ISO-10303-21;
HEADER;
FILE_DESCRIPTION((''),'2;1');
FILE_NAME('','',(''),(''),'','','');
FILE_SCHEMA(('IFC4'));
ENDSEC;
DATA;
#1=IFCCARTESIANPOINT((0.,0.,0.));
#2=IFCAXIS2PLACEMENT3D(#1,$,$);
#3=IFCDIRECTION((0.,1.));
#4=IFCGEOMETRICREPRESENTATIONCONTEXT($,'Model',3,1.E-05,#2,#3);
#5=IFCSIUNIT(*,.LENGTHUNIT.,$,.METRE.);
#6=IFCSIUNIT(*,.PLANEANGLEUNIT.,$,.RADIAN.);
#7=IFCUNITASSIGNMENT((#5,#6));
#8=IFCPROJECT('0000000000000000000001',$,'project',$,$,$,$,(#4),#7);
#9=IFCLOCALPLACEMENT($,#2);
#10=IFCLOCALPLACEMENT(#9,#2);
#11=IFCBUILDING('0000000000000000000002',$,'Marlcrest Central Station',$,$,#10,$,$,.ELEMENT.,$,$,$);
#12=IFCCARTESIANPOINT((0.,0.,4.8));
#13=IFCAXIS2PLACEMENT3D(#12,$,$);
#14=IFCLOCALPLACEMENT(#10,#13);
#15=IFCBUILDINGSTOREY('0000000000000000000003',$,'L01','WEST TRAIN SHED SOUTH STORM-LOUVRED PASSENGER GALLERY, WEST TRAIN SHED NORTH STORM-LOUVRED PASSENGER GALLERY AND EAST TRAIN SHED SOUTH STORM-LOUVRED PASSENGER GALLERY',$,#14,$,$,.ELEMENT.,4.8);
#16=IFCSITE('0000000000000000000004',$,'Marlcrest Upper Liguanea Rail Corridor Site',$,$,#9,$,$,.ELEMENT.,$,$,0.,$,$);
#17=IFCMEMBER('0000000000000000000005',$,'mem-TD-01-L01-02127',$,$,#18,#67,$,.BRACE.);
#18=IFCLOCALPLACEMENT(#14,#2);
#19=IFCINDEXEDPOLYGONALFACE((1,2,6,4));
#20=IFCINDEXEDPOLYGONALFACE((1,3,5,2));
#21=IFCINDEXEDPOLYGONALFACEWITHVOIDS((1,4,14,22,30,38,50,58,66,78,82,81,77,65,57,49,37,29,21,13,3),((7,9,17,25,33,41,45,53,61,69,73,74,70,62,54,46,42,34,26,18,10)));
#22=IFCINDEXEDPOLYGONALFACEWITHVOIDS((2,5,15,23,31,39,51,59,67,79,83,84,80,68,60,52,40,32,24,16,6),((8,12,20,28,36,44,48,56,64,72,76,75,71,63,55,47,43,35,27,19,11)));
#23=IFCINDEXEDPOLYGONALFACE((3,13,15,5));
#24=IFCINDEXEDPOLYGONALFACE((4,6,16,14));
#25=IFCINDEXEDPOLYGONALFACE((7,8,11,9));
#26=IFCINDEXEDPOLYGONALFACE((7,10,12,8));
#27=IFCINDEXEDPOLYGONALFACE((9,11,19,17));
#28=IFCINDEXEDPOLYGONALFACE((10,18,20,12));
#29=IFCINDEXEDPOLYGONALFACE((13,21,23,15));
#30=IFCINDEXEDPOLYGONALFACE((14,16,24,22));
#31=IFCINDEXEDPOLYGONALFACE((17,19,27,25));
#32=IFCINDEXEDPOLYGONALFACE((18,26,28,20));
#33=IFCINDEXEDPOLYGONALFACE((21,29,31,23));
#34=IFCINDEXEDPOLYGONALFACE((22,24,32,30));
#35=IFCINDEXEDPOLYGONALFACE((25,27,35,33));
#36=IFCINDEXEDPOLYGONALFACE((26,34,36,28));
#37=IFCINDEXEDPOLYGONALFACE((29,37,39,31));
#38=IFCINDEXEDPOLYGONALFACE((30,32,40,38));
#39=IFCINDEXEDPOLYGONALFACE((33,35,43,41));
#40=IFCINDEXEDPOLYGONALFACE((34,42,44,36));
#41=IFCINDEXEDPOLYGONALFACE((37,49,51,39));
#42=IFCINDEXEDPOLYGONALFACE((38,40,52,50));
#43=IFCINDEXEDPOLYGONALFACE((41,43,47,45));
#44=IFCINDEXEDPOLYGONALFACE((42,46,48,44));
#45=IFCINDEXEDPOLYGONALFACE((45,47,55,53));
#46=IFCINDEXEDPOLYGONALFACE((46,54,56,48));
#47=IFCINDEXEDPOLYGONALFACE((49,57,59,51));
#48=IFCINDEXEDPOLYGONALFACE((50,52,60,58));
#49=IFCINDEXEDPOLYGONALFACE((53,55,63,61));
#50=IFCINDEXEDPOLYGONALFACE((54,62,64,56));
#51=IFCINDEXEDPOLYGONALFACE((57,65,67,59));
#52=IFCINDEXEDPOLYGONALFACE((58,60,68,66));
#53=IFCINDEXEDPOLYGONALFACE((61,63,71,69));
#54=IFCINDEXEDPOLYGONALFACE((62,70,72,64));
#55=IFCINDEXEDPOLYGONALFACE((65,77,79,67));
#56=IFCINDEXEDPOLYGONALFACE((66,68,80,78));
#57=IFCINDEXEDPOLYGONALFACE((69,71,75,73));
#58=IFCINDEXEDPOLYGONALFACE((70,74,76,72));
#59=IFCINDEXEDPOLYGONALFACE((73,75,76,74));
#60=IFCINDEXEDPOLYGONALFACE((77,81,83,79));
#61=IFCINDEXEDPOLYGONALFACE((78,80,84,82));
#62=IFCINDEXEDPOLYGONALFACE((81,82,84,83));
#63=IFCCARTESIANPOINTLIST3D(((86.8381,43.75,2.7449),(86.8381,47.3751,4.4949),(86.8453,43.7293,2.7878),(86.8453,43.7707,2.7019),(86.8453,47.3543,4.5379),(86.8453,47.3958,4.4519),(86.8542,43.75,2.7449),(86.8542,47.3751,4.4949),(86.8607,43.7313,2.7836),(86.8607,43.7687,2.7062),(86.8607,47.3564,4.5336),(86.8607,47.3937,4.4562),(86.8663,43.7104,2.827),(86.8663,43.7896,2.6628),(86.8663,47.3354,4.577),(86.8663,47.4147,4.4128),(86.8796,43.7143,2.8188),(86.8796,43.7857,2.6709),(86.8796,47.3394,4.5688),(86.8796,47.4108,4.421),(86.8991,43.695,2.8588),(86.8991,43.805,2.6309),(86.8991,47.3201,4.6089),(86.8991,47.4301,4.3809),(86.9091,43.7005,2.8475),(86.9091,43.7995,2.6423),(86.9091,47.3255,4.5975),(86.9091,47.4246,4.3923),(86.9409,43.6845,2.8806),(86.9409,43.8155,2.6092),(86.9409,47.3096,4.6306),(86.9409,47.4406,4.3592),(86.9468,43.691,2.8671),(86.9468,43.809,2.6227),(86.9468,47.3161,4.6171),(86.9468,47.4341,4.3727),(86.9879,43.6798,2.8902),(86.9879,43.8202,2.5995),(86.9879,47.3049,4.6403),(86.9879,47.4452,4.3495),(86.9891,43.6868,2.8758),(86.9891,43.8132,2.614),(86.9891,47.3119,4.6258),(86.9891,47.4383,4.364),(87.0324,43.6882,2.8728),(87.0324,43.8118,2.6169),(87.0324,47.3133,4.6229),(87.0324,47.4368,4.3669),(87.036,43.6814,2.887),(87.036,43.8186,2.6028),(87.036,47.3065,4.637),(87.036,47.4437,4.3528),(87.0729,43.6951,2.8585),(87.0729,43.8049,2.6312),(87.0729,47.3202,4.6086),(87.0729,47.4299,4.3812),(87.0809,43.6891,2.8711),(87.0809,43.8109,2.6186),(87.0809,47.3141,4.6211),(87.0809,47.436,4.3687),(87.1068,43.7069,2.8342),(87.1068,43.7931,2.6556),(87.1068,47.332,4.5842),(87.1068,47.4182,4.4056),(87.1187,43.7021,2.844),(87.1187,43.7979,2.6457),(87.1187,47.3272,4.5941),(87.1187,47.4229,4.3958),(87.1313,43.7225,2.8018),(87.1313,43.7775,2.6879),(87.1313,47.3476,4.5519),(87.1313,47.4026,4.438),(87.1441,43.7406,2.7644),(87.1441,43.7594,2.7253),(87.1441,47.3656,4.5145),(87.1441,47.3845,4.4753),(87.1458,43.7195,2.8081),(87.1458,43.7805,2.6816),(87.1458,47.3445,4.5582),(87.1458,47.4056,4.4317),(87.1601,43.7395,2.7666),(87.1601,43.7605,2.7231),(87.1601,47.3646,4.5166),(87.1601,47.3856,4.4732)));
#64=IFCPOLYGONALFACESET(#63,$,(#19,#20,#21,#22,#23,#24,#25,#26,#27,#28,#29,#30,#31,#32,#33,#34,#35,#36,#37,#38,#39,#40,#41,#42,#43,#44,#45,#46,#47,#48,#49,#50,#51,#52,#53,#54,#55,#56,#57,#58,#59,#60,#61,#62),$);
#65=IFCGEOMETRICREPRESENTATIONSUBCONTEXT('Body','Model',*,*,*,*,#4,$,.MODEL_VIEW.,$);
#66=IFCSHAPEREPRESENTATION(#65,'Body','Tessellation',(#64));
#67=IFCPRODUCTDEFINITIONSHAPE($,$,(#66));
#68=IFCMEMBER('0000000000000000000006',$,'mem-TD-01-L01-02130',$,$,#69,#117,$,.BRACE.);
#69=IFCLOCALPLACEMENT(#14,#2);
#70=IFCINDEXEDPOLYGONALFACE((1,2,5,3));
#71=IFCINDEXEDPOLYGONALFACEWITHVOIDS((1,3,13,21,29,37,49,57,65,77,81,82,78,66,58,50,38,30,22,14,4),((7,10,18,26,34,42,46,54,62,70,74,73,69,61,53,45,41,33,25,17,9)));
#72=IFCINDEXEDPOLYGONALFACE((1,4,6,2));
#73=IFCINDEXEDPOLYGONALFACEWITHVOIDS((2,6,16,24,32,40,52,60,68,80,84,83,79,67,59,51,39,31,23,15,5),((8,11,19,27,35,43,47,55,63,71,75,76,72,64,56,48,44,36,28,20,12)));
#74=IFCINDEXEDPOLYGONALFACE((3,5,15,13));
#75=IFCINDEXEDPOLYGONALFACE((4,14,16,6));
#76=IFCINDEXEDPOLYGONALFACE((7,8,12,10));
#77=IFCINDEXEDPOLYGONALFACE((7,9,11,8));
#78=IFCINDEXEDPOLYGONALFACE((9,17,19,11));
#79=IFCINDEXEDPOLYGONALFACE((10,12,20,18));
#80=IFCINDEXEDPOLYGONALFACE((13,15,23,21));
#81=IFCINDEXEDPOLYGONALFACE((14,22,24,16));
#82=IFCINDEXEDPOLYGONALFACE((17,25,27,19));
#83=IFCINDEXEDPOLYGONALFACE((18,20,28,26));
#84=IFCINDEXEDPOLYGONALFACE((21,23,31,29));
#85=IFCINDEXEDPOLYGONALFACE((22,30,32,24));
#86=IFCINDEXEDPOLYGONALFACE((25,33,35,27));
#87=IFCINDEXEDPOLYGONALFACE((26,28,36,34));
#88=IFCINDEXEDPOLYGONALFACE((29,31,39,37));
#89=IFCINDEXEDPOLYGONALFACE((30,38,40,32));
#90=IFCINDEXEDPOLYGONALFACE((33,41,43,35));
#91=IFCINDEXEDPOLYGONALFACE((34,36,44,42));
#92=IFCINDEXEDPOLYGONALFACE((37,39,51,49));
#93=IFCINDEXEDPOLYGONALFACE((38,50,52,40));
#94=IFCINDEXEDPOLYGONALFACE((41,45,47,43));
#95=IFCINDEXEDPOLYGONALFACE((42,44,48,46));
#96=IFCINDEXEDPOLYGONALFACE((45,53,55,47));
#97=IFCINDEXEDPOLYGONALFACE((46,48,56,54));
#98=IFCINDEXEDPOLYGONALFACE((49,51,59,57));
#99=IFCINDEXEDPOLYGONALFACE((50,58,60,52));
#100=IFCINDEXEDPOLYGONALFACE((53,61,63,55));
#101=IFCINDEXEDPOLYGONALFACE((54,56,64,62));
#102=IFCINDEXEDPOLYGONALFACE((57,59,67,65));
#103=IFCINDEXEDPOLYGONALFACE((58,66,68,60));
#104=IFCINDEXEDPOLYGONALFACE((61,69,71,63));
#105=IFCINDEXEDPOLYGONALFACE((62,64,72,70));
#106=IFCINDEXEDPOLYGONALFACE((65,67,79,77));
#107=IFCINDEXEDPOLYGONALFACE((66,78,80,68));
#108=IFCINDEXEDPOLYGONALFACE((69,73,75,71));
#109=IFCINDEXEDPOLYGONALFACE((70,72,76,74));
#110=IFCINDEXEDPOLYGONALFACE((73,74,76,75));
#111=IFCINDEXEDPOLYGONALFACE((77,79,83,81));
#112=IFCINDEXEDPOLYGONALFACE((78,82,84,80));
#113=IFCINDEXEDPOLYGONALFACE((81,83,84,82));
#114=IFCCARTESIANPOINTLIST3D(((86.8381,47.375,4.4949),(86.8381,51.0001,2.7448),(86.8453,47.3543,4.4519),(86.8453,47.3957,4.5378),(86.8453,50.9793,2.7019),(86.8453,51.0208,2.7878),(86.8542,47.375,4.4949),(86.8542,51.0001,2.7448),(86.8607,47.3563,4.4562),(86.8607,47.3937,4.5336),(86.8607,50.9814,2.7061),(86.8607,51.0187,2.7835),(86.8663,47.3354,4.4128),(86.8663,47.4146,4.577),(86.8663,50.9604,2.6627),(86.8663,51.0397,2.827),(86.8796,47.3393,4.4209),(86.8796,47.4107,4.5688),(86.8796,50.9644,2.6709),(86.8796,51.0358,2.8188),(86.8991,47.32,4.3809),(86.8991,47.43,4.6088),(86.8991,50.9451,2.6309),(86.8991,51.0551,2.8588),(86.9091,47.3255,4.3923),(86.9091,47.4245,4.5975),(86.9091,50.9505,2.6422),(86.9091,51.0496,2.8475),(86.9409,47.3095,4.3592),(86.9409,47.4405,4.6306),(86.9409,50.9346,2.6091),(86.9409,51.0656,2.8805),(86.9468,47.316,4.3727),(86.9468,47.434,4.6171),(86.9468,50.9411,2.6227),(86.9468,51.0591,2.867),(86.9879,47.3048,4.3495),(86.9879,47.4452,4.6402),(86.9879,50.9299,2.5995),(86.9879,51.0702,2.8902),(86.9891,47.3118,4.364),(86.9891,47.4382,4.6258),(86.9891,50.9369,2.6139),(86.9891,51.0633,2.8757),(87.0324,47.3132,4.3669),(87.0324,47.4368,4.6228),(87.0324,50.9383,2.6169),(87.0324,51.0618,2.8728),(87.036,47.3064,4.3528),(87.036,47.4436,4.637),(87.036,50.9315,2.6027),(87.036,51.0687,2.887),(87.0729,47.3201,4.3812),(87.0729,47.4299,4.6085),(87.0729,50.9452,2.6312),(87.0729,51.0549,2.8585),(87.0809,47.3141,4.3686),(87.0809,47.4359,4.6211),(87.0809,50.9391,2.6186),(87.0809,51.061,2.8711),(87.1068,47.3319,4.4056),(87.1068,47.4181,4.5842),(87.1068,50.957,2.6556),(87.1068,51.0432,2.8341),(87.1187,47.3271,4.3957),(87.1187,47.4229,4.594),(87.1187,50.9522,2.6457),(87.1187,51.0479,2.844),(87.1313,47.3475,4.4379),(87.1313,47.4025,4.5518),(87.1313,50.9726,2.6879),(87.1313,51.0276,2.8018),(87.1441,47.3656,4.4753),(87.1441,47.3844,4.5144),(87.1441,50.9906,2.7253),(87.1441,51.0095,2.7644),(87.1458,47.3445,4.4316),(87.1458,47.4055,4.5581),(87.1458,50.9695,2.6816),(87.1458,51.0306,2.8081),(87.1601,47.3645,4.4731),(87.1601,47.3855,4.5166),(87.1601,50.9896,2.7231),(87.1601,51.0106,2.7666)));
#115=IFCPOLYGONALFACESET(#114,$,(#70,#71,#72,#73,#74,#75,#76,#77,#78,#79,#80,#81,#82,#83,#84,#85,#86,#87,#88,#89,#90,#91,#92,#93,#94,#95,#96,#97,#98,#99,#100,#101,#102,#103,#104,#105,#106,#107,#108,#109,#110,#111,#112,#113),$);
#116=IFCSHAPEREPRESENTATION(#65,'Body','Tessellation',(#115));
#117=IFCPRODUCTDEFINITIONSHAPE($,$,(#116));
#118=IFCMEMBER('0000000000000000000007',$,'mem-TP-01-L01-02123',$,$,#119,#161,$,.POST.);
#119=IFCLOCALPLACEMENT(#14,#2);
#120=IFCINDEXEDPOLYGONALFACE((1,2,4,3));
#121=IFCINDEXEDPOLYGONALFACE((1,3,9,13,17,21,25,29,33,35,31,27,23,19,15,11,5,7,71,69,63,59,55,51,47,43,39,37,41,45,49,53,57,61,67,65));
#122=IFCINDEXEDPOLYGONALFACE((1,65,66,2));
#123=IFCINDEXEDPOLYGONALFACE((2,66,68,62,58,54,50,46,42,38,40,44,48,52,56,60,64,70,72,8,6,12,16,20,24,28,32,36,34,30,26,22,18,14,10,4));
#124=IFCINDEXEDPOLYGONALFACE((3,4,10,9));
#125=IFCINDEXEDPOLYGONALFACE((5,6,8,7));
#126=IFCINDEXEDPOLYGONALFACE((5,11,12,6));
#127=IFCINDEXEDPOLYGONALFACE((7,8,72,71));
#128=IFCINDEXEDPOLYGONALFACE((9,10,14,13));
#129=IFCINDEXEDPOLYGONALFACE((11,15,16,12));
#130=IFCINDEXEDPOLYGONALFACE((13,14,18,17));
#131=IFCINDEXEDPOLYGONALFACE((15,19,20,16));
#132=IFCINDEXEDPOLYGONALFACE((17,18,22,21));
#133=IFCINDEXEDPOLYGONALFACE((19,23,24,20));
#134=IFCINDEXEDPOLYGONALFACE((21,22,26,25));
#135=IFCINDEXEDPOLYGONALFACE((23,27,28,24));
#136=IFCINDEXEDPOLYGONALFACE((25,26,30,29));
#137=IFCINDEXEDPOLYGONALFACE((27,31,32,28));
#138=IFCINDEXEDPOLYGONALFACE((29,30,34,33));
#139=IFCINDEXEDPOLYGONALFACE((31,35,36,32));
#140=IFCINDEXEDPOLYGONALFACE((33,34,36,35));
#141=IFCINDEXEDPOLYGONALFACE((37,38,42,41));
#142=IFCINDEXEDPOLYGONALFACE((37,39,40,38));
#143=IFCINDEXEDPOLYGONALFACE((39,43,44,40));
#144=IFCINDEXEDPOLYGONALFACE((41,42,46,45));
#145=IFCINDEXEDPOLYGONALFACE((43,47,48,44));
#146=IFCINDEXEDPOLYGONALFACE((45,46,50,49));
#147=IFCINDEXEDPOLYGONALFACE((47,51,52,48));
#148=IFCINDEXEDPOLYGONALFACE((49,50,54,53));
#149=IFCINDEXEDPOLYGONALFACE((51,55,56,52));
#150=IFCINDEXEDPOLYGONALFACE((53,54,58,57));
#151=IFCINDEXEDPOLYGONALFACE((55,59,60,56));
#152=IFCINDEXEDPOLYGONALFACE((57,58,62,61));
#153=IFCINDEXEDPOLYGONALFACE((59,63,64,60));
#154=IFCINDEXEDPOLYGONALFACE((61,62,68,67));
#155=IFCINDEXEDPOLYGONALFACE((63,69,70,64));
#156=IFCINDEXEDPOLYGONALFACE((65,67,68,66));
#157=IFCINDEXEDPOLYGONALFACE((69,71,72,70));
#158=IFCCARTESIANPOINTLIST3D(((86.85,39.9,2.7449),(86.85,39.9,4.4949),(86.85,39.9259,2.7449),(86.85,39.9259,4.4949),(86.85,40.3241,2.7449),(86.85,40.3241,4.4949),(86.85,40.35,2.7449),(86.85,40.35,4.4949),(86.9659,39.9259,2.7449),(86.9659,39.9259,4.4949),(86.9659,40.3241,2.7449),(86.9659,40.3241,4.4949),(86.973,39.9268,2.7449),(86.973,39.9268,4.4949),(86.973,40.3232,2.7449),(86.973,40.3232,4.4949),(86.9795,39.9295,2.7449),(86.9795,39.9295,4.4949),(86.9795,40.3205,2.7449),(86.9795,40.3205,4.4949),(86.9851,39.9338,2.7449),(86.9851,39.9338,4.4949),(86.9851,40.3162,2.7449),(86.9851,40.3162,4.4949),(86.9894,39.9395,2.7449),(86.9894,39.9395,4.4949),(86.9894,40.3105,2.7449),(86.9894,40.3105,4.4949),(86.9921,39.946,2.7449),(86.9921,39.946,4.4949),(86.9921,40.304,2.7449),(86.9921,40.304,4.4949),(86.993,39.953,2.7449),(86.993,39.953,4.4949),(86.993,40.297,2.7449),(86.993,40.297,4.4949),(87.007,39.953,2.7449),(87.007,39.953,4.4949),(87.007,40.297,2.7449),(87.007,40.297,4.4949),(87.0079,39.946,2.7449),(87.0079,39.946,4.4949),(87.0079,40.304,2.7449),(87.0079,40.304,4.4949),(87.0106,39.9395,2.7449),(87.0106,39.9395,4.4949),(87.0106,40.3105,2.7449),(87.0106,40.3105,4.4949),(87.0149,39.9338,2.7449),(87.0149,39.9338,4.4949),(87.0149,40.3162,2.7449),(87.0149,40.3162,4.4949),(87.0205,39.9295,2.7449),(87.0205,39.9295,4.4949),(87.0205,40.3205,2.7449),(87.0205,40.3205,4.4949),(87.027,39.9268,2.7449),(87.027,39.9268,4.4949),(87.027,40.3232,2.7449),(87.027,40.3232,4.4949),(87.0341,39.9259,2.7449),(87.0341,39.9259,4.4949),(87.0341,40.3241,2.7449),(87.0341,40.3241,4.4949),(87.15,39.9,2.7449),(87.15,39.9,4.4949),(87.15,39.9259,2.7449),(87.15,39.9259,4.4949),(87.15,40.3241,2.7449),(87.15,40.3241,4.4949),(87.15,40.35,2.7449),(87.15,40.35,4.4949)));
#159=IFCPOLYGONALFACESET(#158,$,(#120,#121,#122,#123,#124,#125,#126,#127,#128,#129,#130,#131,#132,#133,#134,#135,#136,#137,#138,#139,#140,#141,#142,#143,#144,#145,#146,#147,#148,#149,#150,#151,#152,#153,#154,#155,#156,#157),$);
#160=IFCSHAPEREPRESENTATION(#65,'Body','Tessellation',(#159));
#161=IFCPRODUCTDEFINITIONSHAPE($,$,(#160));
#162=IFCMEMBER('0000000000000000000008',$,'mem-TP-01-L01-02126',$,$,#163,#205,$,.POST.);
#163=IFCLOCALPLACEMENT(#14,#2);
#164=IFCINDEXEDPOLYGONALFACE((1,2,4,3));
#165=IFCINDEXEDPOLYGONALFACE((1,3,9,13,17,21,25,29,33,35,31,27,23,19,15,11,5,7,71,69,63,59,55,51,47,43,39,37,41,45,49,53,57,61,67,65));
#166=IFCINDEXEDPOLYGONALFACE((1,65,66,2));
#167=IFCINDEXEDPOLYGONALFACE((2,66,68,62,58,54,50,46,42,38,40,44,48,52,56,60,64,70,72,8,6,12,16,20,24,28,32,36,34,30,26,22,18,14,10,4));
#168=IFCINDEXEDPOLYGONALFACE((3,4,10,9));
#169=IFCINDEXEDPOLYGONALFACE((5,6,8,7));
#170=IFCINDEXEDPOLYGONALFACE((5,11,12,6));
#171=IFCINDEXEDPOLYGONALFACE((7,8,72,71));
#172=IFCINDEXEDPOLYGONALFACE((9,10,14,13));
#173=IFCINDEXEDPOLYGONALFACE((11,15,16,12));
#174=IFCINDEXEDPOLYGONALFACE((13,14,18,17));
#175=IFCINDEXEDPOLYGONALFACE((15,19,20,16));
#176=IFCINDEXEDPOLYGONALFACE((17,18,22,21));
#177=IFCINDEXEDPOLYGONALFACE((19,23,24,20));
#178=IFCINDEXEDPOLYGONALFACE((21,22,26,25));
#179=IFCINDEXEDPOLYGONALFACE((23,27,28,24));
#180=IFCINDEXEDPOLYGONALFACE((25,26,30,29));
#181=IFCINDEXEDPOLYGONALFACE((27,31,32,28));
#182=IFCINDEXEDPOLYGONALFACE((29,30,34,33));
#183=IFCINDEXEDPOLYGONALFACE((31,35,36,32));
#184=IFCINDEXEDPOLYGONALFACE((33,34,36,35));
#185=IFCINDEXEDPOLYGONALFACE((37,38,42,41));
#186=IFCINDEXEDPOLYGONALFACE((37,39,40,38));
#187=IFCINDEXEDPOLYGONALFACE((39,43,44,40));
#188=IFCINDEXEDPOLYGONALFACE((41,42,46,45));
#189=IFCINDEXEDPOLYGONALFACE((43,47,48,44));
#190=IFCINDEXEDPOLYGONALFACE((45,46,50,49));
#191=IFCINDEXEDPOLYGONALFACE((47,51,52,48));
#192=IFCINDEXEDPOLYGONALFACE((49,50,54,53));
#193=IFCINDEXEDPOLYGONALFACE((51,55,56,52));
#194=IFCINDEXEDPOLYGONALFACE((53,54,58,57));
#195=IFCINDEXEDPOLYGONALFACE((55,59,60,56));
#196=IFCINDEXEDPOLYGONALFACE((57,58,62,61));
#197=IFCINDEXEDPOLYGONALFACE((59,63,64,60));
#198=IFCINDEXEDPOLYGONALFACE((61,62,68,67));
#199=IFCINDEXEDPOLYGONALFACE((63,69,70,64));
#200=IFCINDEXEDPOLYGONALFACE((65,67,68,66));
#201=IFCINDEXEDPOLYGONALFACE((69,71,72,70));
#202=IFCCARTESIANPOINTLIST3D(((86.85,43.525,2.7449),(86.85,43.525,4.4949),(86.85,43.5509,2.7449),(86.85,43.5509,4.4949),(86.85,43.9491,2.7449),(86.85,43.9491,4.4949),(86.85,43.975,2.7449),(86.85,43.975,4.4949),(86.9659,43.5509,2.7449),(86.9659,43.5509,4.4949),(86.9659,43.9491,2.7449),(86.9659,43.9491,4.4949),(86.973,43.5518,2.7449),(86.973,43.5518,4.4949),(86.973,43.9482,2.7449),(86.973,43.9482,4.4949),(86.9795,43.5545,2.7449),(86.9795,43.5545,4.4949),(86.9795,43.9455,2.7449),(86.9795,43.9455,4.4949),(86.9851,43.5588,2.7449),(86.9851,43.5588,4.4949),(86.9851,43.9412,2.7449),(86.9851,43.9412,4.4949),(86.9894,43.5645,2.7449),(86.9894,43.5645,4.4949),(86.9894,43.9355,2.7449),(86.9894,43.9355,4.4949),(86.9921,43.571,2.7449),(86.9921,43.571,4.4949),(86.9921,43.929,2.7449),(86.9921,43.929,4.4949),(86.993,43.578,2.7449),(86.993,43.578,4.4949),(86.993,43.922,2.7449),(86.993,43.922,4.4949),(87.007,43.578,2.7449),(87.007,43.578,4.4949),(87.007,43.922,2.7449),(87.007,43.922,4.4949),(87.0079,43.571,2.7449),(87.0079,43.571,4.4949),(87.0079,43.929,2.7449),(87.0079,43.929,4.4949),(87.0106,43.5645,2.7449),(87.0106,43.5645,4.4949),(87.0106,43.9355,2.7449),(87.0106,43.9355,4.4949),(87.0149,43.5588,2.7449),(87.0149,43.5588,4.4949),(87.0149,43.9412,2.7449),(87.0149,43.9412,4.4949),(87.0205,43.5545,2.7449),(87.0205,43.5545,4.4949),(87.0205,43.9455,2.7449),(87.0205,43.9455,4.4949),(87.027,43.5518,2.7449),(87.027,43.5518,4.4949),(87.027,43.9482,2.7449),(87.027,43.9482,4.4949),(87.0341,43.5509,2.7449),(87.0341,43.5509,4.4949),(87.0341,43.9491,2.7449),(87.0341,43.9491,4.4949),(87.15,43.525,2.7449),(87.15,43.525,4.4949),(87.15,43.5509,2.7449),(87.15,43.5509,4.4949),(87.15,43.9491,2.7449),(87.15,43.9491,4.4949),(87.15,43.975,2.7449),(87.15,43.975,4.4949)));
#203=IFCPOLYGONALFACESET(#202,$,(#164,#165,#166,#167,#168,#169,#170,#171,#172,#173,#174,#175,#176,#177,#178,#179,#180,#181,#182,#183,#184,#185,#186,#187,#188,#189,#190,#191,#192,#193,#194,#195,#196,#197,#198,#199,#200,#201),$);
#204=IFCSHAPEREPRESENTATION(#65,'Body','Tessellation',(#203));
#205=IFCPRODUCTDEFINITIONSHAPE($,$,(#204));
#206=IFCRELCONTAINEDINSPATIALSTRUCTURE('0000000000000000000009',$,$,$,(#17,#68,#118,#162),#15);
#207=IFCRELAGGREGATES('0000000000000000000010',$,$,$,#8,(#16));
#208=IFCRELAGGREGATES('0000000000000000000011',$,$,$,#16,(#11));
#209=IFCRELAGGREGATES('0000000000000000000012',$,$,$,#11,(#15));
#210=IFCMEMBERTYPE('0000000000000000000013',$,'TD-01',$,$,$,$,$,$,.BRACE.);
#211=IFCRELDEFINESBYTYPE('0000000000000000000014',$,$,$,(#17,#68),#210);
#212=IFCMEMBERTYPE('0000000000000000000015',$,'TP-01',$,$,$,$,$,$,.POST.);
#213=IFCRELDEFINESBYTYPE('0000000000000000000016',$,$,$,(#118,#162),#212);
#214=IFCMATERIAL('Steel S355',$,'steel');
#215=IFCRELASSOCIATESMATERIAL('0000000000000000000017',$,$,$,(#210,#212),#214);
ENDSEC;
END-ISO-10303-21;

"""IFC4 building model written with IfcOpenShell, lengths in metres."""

from ifc_helpers import new_model, si_unit, direction, frame, origin, origin_2d, place, context, subcontext, project, spatial, hollow_circle, i_section, extrude, material, material_profile, profile_set, type_object, element, save


model = new_model("IFC4")

# Units and contexts
model_context = context("Model", 3, precision=1e-05, world=origin(), true_north=direction((0.0, 1.0)))
body_context = subcontext(model_context, "Body", "Model", "MODEL_VIEW")
ifc_project = project(units=[si_unit("LENGTHUNIT", "METRE"), si_unit("PLANEANGLEUNIT", "RADIAN")], contexts=[model_context])

# Site, building, storey
site_placement = place(None, origin())
site = spatial("IfcSite", under=ifc_project, at=site_placement, Name="Marlcrest Upper Liguanea Rail Corridor Site", CompositionType="ELEMENT", RefElevation=0.0)
building_placement = place(site_placement, origin())
building = spatial("IfcBuilding", under=site, at=building_placement, Name="Marlcrest Central Station", CompositionType="ELEMENT")
storey_placement = place(building_placement, frame((0.0, 0.0, 4.8)))
storey = spatial("IfcBuildingStorey", under=building, at=storey_placement, Name="L01", Description="WEST TRAIN SHED SOUTH STORM-LOUVRED PASSENGER GALLERY, WEST TRAIN SHED NORTH STORM-LOUVRED PASSENGER GALLERY AND EAST TRAIN SHED SOUTH STORM-LOUVRED PASSENGER GALLERY", CompositionType="ELEMENT", Elevation=4.8)

# Shared definitions
ifc_material_1 = material(Name="Steel S355", Category="steel")

# Members
ifc_material_profile_1 = material_profile(ifc_material_1, hollow_circle(Radius=0.1619, WallThickness=0.0161, at=origin_2d()), Name="CHS 323.9x16")
ifc_profile_set_1 = profile_set([ifc_material_profile_1], Name="Steel S355")
member_type_1 = type_object("IfcMemberType", Name="TD-01", PredefinedType="BRACE", material=ifc_profile_set_1)
for number, where, z_axis, x_axis, name in (
    (1, (87.0, 43.75, 2.7449), (0.0, 0.900552, 0.434749), (-1.0, 0.0, 0.0), "mem-TD-01-L01-02127"),
    (2, (87.0, 47.375, 4.4949), (0.0, 0.900552, -0.434749), (-1.0, 0.0, 0.0), "mem-TD-01-L01-02130"),
):
    element("IfcMember", number, at=place(storey_placement, frame(where, z_axis=z_axis, x_axis=x_axis)), inside=storey, type_object=member_type_1, Name=name, PredefinedType="BRACE", context=body_context, shape_type="SweptSolid", body=[
        extrude(hollow_circle(Radius=0.1619, WallThickness=0.0161, at=origin_2d()), origin(), (0.0, 0.0, 1.0), 4.0254),
    ])
ifc_material_profile_2 = material_profile(ifc_material_1, i_section(OverallWidth=0.3, OverallDepth=0.45, WebThickness=0.0139, FlangeThickness=0.0259, FilletRadius=0.0271, at=origin_2d()), Name="HEB 450")
ifc_profile_set_2 = profile_set([ifc_material_profile_2], Name="Steel S355")
member_type_2 = type_object("IfcMemberType", Name="TP-01", PredefinedType="POST", material=ifc_profile_set_2)
for number, where, z_axis, x_axis, name in (
    (3, (87.0, 40.125, 2.7449), (0.0, 0.0, 1.0), (1.0, 0.0, 0.0), "mem-TP-01-L01-02123"),
    (4, (87.0, 43.75, 2.7449), (0.0, 0.0, 1.0), (1.0, 0.0, 0.0), "mem-TP-01-L01-02126"),
):
    element("IfcMember", number, at=place(storey_placement, frame(where, z_axis=z_axis, x_axis=x_axis)), inside=storey, type_object=member_type_2, Name=name, PredefinedType="POST", context=body_context, shape_type="SweptSolid", body=[
        extrude(i_section(OverallWidth=0.3, OverallDepth=0.45, WebThickness=0.0139, FlangeThickness=0.0259, FilletRadius=0.0271, at=origin_2d()), origin(), (0.0, 0.0, 1.0), 1.75),
    ])

save(model, "model.ifc")
